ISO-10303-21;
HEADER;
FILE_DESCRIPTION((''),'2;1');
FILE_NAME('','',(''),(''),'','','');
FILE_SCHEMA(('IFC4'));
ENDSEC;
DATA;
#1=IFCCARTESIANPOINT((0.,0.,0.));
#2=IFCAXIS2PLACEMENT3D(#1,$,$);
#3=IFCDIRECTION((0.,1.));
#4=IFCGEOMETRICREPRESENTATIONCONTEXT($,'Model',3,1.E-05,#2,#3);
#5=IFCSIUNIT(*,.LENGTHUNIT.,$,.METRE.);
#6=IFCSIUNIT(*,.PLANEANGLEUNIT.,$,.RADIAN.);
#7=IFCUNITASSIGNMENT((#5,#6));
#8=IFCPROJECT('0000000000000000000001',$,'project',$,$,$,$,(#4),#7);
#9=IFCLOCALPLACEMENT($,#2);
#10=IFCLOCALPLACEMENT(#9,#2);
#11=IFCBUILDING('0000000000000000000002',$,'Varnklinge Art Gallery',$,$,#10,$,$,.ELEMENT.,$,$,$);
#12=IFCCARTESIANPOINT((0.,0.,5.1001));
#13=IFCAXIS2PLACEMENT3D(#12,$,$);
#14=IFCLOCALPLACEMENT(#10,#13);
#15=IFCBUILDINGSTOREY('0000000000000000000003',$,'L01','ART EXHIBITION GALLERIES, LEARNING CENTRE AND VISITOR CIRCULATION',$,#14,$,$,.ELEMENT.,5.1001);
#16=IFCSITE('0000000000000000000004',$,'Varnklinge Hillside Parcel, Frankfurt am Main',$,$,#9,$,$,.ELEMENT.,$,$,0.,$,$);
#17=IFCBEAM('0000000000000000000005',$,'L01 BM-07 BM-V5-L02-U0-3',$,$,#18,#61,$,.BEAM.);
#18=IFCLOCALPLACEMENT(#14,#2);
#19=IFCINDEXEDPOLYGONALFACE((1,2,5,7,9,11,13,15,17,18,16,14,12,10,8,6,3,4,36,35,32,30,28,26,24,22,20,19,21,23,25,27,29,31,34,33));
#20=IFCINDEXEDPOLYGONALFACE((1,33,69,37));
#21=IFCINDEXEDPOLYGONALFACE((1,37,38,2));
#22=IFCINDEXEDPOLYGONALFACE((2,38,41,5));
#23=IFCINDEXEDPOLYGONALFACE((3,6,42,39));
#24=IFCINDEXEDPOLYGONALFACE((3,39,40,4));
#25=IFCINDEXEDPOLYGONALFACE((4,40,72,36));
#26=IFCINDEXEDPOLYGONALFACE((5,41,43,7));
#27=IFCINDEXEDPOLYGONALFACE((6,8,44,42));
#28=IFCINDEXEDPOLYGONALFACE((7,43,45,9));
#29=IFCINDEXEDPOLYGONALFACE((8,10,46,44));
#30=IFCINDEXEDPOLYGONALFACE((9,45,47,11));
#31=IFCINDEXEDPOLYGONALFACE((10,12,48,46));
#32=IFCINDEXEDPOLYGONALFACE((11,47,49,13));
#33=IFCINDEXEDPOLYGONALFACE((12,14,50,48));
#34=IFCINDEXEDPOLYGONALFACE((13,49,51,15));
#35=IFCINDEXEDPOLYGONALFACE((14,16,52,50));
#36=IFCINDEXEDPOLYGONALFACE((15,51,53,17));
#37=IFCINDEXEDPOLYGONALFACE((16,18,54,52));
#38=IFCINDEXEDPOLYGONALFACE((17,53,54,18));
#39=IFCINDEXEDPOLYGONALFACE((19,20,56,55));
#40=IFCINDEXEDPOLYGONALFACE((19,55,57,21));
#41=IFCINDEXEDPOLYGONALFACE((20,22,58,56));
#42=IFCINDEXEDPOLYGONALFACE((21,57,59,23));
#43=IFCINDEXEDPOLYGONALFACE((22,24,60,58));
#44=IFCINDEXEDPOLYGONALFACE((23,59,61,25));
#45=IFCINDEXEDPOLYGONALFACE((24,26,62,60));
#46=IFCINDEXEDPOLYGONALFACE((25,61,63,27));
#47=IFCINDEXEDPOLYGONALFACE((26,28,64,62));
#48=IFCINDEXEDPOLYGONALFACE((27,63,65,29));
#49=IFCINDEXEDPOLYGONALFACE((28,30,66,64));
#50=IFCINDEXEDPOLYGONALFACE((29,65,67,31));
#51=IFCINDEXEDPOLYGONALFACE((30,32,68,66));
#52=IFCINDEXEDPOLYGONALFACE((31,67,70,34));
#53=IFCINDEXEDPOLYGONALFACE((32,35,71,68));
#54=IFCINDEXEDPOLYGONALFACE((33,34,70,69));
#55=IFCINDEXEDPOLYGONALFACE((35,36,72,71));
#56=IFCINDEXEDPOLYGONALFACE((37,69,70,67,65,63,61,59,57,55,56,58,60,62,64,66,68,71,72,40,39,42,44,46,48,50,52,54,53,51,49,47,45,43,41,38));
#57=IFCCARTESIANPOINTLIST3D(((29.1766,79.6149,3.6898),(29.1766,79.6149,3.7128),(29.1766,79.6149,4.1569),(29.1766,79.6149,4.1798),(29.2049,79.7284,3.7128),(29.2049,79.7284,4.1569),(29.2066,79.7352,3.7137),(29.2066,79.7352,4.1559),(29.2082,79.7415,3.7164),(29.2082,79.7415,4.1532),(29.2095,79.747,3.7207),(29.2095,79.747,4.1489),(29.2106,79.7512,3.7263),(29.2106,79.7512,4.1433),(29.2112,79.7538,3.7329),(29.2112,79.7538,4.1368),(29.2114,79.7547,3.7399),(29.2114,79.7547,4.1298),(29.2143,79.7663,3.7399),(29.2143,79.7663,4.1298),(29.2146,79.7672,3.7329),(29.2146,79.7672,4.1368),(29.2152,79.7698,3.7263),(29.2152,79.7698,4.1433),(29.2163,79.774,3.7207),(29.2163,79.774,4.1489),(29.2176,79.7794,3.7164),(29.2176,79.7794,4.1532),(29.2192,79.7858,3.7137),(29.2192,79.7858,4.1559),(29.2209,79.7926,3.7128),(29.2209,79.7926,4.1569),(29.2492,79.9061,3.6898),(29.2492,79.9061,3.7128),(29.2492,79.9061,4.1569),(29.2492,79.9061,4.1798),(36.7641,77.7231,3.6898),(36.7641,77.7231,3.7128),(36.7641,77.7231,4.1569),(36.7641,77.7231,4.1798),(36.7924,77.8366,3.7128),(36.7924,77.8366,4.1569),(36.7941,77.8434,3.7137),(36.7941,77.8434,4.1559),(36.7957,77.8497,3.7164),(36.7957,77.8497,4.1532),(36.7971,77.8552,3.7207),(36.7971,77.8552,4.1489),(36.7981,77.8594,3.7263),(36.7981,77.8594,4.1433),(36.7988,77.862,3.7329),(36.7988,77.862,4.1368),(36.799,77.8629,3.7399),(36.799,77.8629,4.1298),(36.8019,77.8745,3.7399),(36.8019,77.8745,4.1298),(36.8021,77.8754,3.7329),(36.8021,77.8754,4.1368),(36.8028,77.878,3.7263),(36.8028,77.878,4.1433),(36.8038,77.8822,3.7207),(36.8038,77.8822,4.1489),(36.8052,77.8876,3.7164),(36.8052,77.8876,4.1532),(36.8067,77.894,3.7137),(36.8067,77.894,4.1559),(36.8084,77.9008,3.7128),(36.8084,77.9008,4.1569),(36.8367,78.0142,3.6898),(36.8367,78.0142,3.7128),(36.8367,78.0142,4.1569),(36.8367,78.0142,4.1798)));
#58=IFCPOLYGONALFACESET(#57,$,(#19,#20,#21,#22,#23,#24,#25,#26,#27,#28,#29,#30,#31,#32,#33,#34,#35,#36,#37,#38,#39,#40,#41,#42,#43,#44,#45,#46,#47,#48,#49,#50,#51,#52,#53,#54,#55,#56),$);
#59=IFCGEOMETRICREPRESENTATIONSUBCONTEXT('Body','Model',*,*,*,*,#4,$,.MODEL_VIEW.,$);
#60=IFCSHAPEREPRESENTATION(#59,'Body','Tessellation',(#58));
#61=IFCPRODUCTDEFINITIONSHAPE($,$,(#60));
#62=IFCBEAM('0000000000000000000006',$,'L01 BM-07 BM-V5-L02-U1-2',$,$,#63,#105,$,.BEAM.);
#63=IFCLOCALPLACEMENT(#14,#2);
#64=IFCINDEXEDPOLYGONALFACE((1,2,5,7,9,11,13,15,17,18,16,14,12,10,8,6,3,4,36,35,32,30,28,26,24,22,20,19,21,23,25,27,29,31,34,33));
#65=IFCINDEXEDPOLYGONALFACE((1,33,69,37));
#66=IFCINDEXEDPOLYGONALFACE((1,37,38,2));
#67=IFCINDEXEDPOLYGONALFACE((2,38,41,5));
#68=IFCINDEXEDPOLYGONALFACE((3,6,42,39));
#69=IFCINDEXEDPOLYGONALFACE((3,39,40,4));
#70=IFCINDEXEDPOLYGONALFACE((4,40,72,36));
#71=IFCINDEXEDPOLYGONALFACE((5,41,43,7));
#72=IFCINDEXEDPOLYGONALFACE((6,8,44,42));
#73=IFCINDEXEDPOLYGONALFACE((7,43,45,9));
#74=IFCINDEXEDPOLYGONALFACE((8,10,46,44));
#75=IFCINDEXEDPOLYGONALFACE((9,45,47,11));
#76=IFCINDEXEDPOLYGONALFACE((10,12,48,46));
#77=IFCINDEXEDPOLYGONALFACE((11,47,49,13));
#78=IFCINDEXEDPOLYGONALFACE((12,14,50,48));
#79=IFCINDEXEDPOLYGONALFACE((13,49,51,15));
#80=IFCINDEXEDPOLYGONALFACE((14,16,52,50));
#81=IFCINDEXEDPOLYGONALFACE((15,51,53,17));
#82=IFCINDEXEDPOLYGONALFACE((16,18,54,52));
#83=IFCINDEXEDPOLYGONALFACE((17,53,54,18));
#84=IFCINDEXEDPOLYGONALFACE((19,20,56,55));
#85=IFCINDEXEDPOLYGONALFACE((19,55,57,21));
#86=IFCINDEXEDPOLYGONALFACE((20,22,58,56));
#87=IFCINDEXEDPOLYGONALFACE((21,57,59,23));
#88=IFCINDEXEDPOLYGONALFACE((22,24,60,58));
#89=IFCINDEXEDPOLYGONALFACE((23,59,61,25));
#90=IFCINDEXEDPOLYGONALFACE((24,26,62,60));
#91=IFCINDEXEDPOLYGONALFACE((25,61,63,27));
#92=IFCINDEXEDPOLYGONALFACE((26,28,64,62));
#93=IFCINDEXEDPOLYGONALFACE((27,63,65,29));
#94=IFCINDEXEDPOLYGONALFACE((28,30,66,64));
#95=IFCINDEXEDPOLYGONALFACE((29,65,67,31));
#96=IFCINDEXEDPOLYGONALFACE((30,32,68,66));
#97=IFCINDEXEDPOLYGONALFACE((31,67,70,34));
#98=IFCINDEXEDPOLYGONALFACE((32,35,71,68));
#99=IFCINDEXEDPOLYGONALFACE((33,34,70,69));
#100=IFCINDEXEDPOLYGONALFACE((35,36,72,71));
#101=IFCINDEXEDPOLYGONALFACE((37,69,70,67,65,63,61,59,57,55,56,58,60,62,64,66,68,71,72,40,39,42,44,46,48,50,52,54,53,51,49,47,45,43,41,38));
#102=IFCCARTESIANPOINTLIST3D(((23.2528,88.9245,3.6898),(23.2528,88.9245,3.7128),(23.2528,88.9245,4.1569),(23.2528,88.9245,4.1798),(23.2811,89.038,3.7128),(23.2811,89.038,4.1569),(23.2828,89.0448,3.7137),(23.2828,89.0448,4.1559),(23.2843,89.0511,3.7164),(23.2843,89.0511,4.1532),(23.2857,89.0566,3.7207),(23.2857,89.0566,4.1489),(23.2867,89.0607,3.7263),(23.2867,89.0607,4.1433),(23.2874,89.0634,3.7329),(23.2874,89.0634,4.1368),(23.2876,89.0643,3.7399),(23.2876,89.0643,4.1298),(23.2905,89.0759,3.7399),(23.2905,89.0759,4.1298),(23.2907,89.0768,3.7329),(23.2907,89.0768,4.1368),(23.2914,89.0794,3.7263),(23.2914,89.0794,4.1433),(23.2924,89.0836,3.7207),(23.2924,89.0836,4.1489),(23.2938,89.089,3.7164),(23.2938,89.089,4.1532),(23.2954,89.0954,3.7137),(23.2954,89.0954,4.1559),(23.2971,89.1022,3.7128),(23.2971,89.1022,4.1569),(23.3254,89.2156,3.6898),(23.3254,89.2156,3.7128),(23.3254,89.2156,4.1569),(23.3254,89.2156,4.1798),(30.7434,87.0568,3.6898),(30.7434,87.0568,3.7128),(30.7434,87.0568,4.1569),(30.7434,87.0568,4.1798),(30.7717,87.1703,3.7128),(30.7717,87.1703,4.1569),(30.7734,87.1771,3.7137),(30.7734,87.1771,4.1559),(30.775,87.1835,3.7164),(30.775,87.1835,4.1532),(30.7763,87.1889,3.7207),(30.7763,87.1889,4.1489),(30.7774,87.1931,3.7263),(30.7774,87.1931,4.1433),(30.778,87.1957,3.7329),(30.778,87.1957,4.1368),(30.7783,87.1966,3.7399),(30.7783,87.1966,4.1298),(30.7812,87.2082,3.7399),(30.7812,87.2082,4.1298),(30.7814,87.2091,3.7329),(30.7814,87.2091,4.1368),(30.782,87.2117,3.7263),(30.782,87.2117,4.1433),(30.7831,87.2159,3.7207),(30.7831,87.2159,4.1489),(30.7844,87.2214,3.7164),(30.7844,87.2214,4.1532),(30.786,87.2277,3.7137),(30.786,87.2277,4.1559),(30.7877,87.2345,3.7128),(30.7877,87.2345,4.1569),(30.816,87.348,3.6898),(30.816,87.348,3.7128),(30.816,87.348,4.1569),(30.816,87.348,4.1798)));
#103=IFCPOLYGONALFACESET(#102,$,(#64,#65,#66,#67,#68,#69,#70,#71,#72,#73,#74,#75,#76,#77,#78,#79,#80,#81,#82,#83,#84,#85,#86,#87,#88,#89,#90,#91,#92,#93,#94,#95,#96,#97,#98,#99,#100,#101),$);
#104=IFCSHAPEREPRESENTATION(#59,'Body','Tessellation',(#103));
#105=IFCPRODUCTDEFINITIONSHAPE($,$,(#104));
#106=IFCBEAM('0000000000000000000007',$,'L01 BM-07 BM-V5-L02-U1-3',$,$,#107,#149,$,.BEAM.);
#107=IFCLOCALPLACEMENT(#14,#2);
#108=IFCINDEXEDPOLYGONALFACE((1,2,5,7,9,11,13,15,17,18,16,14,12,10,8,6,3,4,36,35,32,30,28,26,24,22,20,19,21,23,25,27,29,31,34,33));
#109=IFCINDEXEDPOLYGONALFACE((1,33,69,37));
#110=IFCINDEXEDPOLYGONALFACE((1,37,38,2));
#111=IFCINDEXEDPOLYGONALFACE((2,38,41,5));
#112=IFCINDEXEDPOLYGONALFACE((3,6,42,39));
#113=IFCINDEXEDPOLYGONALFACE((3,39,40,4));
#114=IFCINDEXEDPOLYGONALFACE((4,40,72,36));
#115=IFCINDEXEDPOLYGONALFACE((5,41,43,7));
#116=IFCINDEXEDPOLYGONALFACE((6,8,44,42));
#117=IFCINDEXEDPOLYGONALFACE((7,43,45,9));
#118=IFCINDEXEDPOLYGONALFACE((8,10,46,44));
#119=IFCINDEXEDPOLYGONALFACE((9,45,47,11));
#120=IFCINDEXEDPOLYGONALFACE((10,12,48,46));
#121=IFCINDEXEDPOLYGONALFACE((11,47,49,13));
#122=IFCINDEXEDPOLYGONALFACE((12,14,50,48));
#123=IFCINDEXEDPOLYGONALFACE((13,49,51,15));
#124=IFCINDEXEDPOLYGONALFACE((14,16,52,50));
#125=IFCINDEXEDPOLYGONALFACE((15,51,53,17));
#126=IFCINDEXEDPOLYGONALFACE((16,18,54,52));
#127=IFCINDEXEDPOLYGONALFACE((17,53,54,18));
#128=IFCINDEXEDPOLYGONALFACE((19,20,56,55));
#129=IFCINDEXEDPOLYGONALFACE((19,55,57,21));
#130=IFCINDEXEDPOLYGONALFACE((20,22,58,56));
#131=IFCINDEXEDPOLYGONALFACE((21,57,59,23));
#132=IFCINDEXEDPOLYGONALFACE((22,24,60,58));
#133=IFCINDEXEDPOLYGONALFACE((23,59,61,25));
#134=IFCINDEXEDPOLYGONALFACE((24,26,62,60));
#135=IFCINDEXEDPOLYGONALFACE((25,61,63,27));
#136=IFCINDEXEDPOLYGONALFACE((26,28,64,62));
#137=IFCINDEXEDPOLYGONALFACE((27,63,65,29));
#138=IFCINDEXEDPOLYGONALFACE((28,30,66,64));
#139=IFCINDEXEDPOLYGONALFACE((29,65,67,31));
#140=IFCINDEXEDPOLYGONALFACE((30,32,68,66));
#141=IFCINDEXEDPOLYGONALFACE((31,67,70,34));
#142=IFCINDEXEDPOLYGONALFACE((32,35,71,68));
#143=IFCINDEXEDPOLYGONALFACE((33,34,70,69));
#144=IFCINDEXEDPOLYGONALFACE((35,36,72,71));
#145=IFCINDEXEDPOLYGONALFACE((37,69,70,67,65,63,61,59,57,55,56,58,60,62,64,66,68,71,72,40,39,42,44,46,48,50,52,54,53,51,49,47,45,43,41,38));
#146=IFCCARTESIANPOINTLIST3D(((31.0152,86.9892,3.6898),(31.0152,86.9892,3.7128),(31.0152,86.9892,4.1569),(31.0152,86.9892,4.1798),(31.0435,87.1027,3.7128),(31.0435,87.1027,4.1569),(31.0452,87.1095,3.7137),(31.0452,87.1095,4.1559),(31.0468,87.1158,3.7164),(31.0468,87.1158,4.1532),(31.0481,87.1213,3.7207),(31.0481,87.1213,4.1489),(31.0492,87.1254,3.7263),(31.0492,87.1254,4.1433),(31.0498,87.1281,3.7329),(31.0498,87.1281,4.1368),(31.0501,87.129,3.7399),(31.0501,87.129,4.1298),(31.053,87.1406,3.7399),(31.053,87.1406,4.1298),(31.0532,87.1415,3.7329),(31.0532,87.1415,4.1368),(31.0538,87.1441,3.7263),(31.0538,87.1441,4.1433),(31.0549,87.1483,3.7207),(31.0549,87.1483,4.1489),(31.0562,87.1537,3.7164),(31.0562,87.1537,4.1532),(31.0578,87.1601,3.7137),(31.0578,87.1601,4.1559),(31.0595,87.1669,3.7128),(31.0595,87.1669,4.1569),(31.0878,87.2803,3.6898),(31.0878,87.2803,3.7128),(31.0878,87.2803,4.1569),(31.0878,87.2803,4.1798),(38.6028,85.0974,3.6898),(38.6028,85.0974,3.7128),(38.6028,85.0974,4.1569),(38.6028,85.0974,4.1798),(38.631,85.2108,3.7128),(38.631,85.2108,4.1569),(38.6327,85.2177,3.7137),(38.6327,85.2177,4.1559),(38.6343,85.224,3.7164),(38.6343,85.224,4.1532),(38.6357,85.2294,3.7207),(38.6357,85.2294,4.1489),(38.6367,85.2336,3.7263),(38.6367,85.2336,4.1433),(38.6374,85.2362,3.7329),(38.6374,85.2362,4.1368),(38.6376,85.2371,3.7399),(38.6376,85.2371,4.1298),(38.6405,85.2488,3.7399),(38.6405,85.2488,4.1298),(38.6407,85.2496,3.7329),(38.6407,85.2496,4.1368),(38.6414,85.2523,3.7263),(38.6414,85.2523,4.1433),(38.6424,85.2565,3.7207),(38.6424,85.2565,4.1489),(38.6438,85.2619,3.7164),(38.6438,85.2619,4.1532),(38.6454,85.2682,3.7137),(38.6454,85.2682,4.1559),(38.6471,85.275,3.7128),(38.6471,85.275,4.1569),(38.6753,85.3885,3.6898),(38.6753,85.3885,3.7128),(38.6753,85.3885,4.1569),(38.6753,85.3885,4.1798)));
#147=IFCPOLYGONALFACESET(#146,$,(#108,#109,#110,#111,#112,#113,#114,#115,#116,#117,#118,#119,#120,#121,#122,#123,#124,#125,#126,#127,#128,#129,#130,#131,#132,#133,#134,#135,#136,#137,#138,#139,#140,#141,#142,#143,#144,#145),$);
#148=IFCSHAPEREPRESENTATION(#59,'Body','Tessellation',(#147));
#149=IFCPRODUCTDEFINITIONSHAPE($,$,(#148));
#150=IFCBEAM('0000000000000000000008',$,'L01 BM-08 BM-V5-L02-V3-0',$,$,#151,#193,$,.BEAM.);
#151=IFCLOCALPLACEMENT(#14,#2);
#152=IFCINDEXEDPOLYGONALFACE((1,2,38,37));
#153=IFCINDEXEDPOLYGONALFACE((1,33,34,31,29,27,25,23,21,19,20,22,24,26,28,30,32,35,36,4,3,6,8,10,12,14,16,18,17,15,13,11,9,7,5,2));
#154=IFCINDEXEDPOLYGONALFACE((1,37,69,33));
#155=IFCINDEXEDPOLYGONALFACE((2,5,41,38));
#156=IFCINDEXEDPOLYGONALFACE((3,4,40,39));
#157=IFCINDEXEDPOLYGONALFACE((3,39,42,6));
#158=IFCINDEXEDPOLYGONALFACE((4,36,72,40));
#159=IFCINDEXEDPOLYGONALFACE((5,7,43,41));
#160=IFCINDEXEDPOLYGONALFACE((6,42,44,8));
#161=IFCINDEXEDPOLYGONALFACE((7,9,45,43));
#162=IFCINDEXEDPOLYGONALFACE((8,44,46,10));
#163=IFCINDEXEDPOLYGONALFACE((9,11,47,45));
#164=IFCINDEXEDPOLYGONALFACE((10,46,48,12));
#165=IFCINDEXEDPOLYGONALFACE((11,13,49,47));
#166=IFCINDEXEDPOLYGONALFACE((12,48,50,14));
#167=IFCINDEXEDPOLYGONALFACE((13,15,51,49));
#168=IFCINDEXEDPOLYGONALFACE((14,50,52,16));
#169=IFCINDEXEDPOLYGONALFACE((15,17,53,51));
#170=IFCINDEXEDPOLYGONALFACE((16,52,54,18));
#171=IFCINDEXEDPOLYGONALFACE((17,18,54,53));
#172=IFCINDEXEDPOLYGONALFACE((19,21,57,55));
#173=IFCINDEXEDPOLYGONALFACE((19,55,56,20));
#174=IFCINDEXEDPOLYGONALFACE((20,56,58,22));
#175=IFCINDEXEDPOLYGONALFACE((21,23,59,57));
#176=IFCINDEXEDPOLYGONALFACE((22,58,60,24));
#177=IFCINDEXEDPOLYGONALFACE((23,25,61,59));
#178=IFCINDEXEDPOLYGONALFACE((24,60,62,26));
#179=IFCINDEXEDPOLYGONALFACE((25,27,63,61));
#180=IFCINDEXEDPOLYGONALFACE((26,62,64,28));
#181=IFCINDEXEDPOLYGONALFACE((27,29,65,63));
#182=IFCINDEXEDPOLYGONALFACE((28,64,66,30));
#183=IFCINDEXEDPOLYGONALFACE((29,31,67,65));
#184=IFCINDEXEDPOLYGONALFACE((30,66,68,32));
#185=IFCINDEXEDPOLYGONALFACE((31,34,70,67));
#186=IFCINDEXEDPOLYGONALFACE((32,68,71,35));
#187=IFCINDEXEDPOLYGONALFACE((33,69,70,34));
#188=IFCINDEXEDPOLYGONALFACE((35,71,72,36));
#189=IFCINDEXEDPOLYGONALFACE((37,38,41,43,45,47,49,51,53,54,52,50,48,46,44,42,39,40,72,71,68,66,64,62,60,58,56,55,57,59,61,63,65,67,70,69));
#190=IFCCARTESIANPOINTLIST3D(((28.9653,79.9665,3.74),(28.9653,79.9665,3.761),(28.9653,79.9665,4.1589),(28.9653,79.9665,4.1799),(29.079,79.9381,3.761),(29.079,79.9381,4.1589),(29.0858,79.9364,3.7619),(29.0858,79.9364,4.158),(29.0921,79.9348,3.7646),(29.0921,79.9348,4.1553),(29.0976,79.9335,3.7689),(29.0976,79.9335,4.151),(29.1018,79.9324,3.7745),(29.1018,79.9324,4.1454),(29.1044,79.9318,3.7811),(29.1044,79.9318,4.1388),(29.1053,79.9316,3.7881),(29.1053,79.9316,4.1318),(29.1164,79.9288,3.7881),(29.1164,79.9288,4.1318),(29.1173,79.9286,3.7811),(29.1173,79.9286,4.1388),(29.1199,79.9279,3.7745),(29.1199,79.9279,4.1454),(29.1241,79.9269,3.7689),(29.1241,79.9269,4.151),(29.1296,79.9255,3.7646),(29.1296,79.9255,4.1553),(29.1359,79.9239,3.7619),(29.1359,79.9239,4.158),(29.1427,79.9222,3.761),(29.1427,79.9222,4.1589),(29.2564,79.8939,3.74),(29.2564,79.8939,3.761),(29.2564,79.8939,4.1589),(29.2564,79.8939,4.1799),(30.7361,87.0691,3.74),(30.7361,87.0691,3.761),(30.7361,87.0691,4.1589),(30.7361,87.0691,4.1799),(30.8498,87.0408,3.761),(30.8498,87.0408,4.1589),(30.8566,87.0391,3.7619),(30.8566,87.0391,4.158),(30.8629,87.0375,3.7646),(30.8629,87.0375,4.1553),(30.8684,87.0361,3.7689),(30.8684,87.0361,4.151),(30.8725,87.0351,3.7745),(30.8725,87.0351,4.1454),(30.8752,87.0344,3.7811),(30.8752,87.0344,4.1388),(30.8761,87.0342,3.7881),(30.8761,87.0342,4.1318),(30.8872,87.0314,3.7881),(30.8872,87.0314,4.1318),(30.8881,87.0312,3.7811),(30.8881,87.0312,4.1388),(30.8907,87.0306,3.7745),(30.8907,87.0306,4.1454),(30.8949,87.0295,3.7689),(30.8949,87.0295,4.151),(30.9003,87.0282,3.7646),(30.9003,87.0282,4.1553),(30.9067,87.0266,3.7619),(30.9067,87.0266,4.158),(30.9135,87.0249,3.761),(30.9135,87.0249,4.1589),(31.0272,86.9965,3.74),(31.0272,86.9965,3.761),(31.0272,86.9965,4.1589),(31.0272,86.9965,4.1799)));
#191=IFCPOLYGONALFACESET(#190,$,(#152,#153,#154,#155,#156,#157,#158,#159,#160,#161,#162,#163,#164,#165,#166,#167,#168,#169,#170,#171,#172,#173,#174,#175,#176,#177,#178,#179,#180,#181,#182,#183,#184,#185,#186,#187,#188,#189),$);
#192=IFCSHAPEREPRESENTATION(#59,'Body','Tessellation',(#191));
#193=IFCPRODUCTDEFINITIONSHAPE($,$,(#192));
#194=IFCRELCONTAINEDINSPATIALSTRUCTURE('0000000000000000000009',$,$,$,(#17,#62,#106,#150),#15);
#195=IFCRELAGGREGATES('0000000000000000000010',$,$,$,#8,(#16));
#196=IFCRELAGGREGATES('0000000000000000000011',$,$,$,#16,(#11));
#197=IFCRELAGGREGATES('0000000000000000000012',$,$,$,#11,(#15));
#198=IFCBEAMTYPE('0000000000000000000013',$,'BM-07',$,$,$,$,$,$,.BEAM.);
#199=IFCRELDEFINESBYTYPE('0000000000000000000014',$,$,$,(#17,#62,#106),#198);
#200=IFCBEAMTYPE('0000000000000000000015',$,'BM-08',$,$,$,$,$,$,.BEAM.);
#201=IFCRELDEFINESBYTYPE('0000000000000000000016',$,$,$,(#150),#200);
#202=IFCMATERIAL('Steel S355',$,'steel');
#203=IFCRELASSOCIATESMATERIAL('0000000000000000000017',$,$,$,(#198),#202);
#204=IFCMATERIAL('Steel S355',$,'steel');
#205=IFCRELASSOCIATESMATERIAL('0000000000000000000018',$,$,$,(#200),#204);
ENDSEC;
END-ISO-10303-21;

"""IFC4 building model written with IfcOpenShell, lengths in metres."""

from ifc_helpers import new_model, si_unit, direction, frame, origin, origin_2d, place, context, subcontext, project, spatial, i_section, extrude, material, material_profile, profile_set, type_object, element, save


model = new_model("IFC4")

# Units and contexts
model_context = context("Model", 3, precision=1e-05, world=origin(), true_north=direction((0.0, 1.0)))
body_context = subcontext(model_context, "Body", "Model", "MODEL_VIEW")
ifc_project = project(units=[si_unit("LENGTHUNIT", "METRE"), si_unit("PLANEANGLEUNIT", "RADIAN")], contexts=[model_context])

# Site, building, storey
site_placement = place(None, origin())
site = spatial("IfcSite", under=ifc_project, at=site_placement, Name="Varnklinge Hillside Parcel, Frankfurt am Main", CompositionType="ELEMENT", RefElevation=0.0)
building_placement = place(site_placement, origin())
building = spatial("IfcBuilding", under=site, at=building_placement, Name="Varnklinge Art Gallery", CompositionType="ELEMENT")
storey_placement = place(building_placement, frame((0.0, 0.0, 5.1001)))
storey = spatial("IfcBuildingStorey", under=building, at=storey_placement, Name="L01", Description="ART EXHIBITION GALLERIES, LEARNING CENTRE AND VISITOR CIRCULATION", CompositionType="ELEMENT", Elevation=5.1001)

# Beams
ifc_material_1 = material(Name="Steel S355", Category="steel")
ifc_material_profile_1 = material_profile(ifc_material_1, i_section(OverallWidth=0.3, OverallDepth=0.49, WebThickness=0.012, FlangeThickness=0.0229, FilletRadius=0.0271, at=origin_2d()), Name="HEA 500")
ifc_profile_set_1 = profile_set([ifc_material_profile_1], Name="Steel S355")
beam_type_1 = type_object("IfcBeamType", Name="BM-07", PredefinedType="BEAM", material=ifc_profile_set_1)
beam_1_placement = place(storey_placement, frame((29.2129, 79.7605, 3.9348), z_axis=(0.970295, -0.241926, 0.0), x_axis=(0.241926, 0.970295, 0.0)))
element("IfcBeam", 1, at=beam_1_placement, inside=storey, type_object=beam_type_1, Name="L01 BM-07 BM-V5-L02-U0-3", PredefinedType="BEAM", context=body_context, shape_type="SweptSolid", body=[
    extrude(i_section(OverallWidth=0.3, OverallDepth=0.49, WebThickness=0.012, FlangeThickness=0.0229, FilletRadius=0.0271, at=origin_2d()), origin(), (0.0, 0.0, 1.0), 7.8198),
])
beam_2_placement = place(storey_placement, frame((23.2891, 89.0701, 3.9348), z_axis=(0.970295, -0.241925, 0.0), x_axis=(0.241925, 0.970295, 0.0)))
element("IfcBeam", 2, at=beam_2_placement, inside=storey, type_object=beam_type_1, Name="L01 BM-07 BM-V5-L02-U1-2", PredefinedType="BEAM", context=body_context, shape_type="SweptSolid", body=[
    extrude(i_section(OverallWidth=0.3, OverallDepth=0.49, WebThickness=0.012, FlangeThickness=0.0229, FilletRadius=0.0271, at=origin_2d()), origin(), (0.0, 0.0, 1.0), 7.72),
])
beam_3_placement = place(storey_placement, frame((31.0515, 87.1348, 3.9348), z_axis=(0.970295, -0.241926, 0.0), x_axis=(0.241926, 0.970295, 0.0)))
element("IfcBeam", 3, at=beam_3_placement, inside=storey, type_object=beam_type_1, Name="L01 BM-07 BM-V5-L02-U1-3", PredefinedType="BEAM", context=body_context, shape_type="SweptSolid", body=[
    extrude(i_section(OverallWidth=0.3, OverallDepth=0.49, WebThickness=0.012, FlangeThickness=0.0229, FilletRadius=0.0271, at=origin_2d()), origin(), (0.0, 0.0, 1.0), 7.8198),
])
ifc_material_2 = material(Name="Steel S355", Category="steel")
ifc_material_profile_2 = material_profile(ifc_material_2, i_section(OverallWidth=0.3, OverallDepth=0.4399, WebThickness=0.0115, FlangeThickness=0.021, FilletRadius=0.0271, at=origin_2d()), Name="HEA 450")
ifc_profile_set_2 = profile_set([ifc_material_profile_2], Name="Steel S355")
beam_type_2 = type_object("IfcBeamType", Name="BM-08", PredefinedType="BEAM", material=ifc_profile_set_2)
beam_4_placement = place(storey_placement, frame((29.1108, 79.9302, 3.96), z_axis=(0.241908, 0.970299, 0.0), x_axis=(-0.970299, 0.241908, 0.0)))
element("IfcBeam", 4, at=beam_4_placement, inside=storey, type_object=beam_type_2, Name="L01 BM-08 BM-V5-L02-V3-0", PredefinedType="BEAM", context=body_context, shape_type="SweptSolid", body=[
    extrude(i_section(OverallWidth=0.3, OverallDepth=0.4399, WebThickness=0.0115, FlangeThickness=0.021, FilletRadius=0.0271, at=origin_2d()), origin(), (0.0, 0.0, 1.0), 7.3201),
])

save(model, "model.ifc")
